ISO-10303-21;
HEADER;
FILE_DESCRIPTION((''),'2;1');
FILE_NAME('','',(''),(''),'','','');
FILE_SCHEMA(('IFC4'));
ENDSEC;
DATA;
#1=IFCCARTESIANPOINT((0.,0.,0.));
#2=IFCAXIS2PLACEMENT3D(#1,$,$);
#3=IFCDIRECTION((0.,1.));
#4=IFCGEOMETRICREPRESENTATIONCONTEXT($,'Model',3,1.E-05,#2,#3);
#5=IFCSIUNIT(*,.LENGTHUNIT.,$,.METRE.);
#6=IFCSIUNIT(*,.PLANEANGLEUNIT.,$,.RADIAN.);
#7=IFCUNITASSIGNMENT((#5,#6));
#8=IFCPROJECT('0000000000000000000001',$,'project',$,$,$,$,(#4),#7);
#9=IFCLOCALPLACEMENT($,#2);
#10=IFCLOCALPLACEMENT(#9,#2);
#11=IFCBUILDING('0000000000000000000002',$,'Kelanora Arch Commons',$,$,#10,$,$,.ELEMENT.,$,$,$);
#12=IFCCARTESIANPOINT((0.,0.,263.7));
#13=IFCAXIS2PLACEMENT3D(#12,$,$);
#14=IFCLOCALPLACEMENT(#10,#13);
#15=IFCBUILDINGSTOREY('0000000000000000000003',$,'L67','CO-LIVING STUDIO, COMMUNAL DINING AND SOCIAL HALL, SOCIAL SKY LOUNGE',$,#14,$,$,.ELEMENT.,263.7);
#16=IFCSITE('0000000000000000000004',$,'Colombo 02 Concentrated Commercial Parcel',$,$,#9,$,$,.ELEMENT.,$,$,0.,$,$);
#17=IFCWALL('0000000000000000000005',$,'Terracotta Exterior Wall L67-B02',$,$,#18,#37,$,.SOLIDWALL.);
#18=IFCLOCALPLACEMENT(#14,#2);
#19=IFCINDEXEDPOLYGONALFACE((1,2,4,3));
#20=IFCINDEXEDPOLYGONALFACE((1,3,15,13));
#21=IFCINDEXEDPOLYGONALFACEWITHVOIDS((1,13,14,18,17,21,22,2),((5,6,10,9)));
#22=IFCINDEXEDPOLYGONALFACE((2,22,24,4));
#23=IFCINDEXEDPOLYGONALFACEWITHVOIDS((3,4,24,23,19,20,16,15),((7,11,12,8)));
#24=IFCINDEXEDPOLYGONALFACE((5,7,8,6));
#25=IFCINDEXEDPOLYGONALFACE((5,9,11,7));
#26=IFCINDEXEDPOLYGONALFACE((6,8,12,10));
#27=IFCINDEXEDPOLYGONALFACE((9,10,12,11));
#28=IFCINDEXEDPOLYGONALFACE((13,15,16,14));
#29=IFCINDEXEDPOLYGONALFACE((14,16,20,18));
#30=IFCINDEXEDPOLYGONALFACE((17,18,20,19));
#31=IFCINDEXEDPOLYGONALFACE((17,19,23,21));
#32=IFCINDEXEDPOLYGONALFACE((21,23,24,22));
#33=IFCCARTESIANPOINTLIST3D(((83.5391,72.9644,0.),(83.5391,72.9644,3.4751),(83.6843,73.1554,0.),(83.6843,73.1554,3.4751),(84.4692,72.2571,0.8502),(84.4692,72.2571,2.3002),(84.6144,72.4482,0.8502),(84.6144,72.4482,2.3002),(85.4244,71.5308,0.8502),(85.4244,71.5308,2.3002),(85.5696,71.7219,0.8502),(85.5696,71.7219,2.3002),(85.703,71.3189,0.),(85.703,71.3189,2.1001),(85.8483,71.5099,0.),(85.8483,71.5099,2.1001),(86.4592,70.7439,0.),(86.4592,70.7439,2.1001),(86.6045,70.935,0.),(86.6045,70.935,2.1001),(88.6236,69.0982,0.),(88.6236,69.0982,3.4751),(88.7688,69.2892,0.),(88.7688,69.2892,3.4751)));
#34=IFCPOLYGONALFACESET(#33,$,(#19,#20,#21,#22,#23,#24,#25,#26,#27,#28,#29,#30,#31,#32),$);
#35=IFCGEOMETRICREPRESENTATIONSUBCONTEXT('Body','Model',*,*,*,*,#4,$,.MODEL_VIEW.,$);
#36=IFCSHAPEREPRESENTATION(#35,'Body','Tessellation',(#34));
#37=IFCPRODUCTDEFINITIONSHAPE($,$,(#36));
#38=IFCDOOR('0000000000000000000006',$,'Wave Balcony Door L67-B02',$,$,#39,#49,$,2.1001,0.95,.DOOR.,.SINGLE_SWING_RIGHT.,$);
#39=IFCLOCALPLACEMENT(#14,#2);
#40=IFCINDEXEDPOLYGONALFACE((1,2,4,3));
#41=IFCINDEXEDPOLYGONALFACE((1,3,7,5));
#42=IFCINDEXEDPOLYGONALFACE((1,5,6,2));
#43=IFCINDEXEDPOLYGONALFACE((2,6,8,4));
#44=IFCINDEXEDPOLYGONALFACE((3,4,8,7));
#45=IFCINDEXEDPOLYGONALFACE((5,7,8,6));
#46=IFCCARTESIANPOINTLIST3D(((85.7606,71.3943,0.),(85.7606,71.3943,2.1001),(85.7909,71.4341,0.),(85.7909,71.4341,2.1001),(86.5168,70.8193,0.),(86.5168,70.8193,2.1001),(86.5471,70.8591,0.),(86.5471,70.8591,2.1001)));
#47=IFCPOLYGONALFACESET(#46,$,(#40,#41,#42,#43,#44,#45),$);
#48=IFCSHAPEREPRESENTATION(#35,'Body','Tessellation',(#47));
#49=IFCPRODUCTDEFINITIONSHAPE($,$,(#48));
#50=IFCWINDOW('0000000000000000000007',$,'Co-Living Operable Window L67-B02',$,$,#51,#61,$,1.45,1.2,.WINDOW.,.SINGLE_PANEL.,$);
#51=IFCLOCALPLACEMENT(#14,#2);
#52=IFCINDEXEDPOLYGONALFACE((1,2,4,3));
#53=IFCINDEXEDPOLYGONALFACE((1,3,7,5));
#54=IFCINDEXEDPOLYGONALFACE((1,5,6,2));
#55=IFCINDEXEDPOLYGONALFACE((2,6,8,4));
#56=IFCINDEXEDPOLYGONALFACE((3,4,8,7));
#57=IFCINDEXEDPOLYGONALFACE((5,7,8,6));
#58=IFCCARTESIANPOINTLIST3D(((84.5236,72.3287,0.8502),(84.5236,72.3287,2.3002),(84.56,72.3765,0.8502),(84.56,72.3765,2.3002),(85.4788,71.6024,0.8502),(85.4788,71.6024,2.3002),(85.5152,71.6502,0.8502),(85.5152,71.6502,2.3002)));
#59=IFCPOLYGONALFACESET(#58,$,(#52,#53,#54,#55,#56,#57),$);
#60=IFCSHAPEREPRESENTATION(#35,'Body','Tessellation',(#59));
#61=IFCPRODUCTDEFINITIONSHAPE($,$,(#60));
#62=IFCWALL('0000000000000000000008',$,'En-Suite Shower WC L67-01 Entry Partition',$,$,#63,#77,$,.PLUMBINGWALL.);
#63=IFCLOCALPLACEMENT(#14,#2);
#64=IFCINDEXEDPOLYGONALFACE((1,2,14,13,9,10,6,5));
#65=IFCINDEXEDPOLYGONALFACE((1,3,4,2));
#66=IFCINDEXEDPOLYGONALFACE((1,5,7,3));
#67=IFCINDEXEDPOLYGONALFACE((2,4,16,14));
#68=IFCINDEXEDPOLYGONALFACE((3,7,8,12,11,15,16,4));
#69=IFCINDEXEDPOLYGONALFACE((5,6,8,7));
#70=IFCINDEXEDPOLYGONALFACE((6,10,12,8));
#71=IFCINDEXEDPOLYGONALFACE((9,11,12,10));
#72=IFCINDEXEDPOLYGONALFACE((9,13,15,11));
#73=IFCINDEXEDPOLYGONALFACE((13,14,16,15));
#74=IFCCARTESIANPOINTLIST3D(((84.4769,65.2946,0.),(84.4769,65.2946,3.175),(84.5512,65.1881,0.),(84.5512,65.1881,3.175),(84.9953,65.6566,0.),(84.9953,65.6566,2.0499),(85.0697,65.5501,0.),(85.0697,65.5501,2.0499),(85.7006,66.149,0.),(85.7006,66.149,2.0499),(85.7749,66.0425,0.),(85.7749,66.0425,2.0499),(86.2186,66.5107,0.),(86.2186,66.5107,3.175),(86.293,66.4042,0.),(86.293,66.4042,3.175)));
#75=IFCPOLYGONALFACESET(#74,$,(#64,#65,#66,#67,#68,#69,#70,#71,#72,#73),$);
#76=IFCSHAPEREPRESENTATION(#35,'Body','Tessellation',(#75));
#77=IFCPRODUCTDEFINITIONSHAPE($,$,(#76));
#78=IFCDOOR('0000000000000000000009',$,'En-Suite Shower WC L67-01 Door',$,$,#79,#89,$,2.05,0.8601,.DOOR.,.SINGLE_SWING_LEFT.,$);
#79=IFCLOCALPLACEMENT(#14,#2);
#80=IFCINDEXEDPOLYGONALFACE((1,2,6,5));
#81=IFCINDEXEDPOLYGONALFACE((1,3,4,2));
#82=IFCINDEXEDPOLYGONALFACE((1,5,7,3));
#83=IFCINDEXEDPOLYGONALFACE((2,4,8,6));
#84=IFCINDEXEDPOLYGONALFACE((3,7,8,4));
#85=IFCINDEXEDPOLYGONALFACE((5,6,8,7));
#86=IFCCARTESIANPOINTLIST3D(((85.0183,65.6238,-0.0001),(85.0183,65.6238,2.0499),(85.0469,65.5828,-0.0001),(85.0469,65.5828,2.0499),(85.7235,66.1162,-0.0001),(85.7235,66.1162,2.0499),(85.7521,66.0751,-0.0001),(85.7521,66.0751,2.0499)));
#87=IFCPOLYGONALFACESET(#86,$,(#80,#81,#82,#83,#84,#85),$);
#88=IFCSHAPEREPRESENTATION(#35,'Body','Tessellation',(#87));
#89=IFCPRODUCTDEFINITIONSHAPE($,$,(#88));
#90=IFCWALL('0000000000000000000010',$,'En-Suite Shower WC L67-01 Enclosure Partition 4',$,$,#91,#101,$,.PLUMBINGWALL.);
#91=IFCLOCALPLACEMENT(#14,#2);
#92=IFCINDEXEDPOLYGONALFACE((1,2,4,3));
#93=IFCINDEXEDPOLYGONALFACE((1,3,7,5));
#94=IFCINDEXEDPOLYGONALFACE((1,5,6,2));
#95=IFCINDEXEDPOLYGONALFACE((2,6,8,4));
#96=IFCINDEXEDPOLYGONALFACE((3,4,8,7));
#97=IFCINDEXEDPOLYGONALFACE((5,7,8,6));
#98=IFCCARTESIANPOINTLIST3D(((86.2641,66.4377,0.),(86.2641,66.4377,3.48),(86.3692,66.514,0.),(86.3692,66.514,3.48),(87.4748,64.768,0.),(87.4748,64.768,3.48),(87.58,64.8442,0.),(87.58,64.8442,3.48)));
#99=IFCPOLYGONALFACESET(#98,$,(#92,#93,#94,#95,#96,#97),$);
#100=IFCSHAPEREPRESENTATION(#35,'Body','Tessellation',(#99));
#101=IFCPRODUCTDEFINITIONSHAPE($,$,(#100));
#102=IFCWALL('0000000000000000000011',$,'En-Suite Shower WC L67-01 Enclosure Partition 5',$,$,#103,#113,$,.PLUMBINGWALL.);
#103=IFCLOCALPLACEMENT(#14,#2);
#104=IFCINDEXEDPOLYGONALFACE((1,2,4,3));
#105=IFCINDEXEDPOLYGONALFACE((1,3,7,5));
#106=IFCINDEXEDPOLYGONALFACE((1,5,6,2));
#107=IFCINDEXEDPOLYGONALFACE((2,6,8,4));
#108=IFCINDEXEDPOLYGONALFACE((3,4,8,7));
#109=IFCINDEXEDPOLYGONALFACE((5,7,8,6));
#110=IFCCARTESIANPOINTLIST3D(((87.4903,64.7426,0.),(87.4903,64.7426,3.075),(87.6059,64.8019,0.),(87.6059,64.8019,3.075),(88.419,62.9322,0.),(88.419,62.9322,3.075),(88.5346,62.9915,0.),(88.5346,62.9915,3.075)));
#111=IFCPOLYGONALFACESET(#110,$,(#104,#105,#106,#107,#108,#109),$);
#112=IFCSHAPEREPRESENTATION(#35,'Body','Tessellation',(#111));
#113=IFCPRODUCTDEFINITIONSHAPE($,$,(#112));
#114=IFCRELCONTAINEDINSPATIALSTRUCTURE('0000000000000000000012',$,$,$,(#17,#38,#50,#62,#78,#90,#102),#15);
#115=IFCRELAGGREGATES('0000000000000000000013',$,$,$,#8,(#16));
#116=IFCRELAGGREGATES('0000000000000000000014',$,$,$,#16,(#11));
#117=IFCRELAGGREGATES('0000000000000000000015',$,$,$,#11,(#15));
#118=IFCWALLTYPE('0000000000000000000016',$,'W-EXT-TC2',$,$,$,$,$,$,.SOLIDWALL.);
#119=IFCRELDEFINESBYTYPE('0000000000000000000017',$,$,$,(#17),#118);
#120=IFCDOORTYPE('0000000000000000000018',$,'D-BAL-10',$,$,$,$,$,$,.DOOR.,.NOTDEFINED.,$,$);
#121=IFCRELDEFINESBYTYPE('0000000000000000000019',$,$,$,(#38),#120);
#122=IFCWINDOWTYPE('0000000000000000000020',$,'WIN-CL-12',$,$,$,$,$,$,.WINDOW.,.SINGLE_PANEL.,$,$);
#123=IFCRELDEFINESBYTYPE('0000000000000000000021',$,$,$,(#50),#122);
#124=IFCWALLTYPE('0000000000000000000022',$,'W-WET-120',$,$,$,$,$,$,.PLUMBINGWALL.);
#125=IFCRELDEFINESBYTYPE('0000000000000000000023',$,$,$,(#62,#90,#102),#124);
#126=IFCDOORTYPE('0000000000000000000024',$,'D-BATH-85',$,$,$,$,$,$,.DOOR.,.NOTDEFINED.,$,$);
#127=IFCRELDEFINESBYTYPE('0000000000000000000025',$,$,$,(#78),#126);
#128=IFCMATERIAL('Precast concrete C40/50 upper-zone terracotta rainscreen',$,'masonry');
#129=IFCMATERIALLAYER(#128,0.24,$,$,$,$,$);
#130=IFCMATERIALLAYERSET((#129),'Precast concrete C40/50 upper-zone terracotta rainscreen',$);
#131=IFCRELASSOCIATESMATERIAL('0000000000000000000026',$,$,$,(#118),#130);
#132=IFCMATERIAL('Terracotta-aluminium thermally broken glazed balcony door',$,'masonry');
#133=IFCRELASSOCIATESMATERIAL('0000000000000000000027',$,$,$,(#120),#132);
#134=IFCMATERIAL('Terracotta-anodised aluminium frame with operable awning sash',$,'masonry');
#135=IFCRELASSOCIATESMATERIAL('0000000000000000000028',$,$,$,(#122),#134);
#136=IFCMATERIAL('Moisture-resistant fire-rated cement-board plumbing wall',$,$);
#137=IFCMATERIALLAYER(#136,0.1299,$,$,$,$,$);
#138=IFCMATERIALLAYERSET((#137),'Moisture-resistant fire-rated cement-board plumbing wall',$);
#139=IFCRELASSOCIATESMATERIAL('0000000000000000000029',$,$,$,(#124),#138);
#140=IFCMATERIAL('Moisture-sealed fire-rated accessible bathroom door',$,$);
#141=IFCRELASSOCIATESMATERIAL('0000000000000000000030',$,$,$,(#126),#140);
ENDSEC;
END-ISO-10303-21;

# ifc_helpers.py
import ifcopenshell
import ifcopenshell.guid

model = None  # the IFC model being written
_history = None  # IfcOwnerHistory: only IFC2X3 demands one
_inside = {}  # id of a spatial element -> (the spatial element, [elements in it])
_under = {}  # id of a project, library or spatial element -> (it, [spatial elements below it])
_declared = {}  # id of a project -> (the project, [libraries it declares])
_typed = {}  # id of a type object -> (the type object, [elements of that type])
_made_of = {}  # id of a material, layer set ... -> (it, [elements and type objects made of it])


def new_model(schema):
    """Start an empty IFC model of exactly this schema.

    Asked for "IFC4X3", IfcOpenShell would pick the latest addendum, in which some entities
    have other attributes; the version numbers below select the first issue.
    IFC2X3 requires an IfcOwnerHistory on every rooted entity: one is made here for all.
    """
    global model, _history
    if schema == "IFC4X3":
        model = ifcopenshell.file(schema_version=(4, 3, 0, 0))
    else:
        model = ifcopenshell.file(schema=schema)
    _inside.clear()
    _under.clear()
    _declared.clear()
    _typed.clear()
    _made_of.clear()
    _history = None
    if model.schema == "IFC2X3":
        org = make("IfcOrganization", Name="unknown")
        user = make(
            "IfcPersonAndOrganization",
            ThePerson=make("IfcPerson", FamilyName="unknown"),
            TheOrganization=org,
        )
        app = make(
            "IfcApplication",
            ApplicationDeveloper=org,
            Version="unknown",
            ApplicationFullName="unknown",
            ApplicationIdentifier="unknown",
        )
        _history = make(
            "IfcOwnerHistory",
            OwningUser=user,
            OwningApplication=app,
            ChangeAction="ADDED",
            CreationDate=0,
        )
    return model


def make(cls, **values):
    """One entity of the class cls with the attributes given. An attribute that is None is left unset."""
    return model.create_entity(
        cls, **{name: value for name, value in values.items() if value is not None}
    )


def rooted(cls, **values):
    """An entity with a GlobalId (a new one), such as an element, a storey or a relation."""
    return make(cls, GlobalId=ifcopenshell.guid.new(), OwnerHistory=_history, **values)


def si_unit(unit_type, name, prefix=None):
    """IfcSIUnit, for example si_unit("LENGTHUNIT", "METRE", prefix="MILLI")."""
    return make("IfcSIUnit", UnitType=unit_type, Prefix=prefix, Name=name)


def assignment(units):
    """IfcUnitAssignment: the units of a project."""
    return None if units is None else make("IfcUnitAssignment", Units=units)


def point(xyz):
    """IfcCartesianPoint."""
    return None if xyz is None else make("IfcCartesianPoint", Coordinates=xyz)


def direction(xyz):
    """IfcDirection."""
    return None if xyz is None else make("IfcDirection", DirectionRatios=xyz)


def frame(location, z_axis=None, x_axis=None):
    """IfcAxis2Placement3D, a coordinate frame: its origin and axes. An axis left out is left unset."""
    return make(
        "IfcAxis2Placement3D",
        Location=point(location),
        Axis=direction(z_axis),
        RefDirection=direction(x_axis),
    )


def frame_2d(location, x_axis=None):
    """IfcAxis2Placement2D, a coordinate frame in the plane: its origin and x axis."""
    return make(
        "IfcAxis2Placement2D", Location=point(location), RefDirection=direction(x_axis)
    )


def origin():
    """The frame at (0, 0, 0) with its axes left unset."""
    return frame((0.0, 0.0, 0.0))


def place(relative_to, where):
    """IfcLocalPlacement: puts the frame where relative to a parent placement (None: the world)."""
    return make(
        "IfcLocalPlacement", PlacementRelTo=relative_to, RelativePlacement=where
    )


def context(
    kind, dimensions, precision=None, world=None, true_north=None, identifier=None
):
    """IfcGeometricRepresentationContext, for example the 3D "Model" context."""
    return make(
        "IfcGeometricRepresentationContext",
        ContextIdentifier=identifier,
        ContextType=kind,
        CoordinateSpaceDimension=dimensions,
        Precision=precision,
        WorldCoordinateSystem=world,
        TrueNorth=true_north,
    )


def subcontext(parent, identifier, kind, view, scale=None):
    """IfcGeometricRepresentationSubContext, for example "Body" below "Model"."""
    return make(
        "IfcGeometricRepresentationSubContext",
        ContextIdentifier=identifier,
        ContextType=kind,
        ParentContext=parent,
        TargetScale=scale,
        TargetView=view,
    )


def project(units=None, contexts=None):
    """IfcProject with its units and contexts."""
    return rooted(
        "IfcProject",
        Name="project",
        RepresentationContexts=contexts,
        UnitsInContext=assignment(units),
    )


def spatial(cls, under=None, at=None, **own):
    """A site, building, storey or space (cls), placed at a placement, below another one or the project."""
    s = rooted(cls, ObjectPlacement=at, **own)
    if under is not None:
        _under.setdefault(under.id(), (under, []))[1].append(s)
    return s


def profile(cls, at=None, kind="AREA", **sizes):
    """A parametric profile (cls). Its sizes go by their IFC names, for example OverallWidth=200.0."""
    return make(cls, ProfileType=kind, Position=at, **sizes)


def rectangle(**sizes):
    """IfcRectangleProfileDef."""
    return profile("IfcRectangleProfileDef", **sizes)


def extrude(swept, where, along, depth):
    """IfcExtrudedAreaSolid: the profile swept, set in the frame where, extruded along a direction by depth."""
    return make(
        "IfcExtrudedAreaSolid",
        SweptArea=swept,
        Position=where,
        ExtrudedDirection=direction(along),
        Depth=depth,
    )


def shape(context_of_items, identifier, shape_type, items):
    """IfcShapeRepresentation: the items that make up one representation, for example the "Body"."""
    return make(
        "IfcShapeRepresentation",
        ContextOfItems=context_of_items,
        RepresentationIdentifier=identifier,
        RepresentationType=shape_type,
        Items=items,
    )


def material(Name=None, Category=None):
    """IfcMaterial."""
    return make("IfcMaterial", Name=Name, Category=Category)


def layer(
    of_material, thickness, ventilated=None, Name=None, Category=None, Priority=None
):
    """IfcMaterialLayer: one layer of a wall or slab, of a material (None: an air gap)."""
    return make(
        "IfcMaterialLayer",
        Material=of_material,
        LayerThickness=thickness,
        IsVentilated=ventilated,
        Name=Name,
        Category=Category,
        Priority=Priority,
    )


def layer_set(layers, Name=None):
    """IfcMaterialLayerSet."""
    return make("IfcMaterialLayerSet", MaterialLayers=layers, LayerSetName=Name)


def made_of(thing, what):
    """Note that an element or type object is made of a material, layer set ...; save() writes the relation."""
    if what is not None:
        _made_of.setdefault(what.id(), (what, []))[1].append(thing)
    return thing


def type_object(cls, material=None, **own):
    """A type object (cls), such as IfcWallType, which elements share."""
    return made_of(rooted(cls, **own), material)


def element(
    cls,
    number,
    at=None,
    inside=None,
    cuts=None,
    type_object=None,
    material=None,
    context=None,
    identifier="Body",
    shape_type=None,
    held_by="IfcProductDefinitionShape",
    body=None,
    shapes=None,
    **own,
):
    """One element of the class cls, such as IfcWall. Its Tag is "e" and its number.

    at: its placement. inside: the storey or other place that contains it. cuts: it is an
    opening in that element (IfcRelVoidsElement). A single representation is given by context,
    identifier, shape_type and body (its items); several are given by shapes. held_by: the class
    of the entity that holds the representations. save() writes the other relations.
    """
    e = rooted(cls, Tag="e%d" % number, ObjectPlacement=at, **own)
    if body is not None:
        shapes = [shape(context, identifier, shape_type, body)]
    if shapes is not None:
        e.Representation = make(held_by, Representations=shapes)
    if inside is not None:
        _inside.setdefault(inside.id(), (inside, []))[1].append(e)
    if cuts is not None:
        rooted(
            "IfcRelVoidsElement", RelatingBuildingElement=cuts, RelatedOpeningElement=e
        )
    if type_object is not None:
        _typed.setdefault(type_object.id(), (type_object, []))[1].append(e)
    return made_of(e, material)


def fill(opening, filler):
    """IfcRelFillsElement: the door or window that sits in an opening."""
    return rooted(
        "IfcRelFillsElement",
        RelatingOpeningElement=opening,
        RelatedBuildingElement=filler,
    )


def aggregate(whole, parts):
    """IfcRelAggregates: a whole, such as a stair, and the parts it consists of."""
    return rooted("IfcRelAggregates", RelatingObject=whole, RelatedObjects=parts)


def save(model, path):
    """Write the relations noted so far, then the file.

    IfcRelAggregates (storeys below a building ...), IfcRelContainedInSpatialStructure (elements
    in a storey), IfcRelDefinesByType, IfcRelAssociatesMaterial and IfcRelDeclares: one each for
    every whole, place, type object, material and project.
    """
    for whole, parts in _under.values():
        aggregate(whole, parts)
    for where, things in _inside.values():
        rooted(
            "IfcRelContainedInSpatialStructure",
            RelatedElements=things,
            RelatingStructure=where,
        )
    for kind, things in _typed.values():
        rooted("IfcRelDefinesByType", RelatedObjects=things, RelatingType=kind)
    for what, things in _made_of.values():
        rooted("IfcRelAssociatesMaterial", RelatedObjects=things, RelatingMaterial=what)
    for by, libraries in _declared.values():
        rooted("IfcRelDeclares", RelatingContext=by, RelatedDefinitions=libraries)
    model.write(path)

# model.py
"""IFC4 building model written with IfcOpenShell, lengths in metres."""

from ifc_helpers import new_model, si_unit, direction, frame, frame_2d, origin, place, context, subcontext, project, spatial, rectangle, extrude, material, layer, layer_set, type_object, element, fill, save


model = new_model("IFC4")

# Units and contexts
model_context = context("Model", 3, precision=1e-05, world=origin(), true_north=direction((0.0, 1.0)))
body_context = subcontext(model_context, "Body", "Model", "MODEL_VIEW")
ifc_project = project(units=[si_unit("LENGTHUNIT", "METRE"), si_unit("PLANEANGLEUNIT", "RADIAN")], contexts=[model_context])

# Site, building, storey
site_placement = place(None, origin())
site = spatial("IfcSite", under=ifc_project, at=site_placement, Name="Colombo 02 Concentrated Commercial Parcel", CompositionType="ELEMENT", RefElevation=0.0)
building_placement = place(site_placement, origin())
building = spatial("IfcBuilding", under=site, at=building_placement, Name="Kelanora Arch Commons", CompositionType="ELEMENT")
storey_placement = place(building_placement, frame((0.0, 0.0, 263.7)))
storey = spatial("IfcBuildingStorey", under=building, at=storey_placement, Name="L67", Description="CO-LIVING STUDIO, COMMUNAL DINING AND SOCIAL HALL, SOCIAL SKY LOUNGE", CompositionType="ELEMENT", Elevation=263.7)

# Wall, openings, door, window
ifc_material_1 = material(Name="Precast concrete C40/50 upper-zone terracotta rainscreen", Category="masonry")
ifc_layer_1 = layer(ifc_material_1, 0.24)
ifc_layer_set_1 = layer_set([ifc_layer_1], Name="Precast concrete C40/50 upper-zone terracotta rainscreen")
wall_type_1 = type_object("IfcWallType", Name="W-EXT-TC2", PredefinedType="SOLIDWALL", material=ifc_layer_set_1)
ifc_material_2 = material(Name="Terracotta-aluminium thermally broken glazed balcony door", Category="masonry")
door_type_1 = type_object("IfcDoorType", Name="D-BAL-10", OperationType="NOTDEFINED", PredefinedType="DOOR", material=ifc_material_2)
ifc_material_3 = material(Name="Terracotta-anodised aluminium frame with operable awning sash", Category="masonry")
window_type = type_object("IfcWindowType", Name="WIN-CL-12", PartitioningType="SINGLE_PANEL", PredefinedType="WINDOW", material=ifc_material_3)
wall_1_placement = place(storey_placement, frame((88.6963, 69.1936, 0.0), z_axis=(0.0, 0.0, 1.0), x_axis=(-0.79601, 0.605283, 0.0)))
wall_1 = element("IfcWall", 1, at=wall_1_placement, inside=storey, type_object=wall_type_1, Name="Terracotta Exterior Wall L67-B02", PredefinedType="SOLIDWALL", context=body_context, shape_type="SweptSolid", body=[
    extrude(rectangle(XDim=6.3875, YDim=0.24, at=frame_2d((3.1938, 0.0))), origin(), (0.0, 0.0, 1.0), 3.4751),
])
opening_1_placement = place(wall_1_placement, frame((2.719, 0.0, 0.0)))
opening_1 = element("IfcOpeningElement", 2, at=opening_1_placement, cuts=wall_1, PredefinedType="OPENING", context=body_context, shape_type="SweptSolid", body=[
    extrude(rectangle(XDim=0.95, YDim=2.1001, at=frame_2d((0.4751, 1.05))), frame((0.0, 0.1299, 0.0), z_axis=(0.0, -1.0, 0.0), x_axis=(1.0, 0.0, 0.0)), (0.0, 0.0, 1.0), 0.26),
])
opening_2_placement = place(wall_1_placement, frame((4.019, 0.0, 0.8501)))
opening_2 = element("IfcOpeningElement", 3, at=opening_2_placement, cuts=wall_1, PredefinedType="OPENING", context=body_context, shape_type="SweptSolid", body=[
    extrude(rectangle(XDim=1.2, YDim=1.45, at=frame_2d((0.6001, 0.7251))), frame((0.0, 0.1299, 0.0), z_axis=(0.0, -1.0, 0.0), x_axis=(1.0, 0.0, 0.0)), (0.0, 0.0, 1.0), 0.26),
])
door_1_placement = place(opening_1_placement, frame((0.95, 0.0, 0.0), z_axis=(0.0, 0.0, 1.0), x_axis=(-1.0, 0.0, 0.0)))
door_1 = element("IfcDoor", 4, at=door_1_placement, inside=storey, type_object=door_type_1, Name="Wave Balcony Door L67-B02", OperationType="SINGLE_SWING_RIGHT", OverallHeight=2.1001, OverallWidth=0.95, PredefinedType="DOOR", context=body_context, shape_type="SweptSolid", body=[
    extrude(rectangle(XDim=0.95, YDim=2.1001, at=frame_2d((0.4751, 1.05))), frame((0.0, 0.0249, 0.0), z_axis=(0.0, -1.0, 0.0), x_axis=(1.0, 0.0, 0.0)), (0.0, 0.0, 1.0), 0.05),
])
fill(opening_1, door_1)
window_1_placement = place(opening_2_placement, origin())
window_1 = element("IfcWindow", 5, at=window_1_placement, inside=storey, type_object=window_type, Name="Co-Living Operable Window L67-B02", OverallHeight=1.45, OverallWidth=1.2, PartitioningType="SINGLE_PANEL", PredefinedType="WINDOW", context=body_context, shape_type="SweptSolid", body=[
    extrude(rectangle(XDim=1.2, YDim=1.45, at=frame_2d((0.6001, 0.7251))), frame((0.0, 0.03, 0.0), z_axis=(0.0, -1.0, 0.0), x_axis=(1.0, 0.0, 0.0)), (0.0, 0.0, 1.0), 0.0601),
])
fill(opening_2, window_1)

# Wall, opening, door
ifc_material_4 = material(Name="Moisture-resistant fire-rated cement-board plumbing wall")
ifc_layer_2 = layer(ifc_material_4, 0.1299)
ifc_layer_set_2 = layer_set([ifc_layer_2], Name="Moisture-resistant fire-rated cement-board plumbing wall")
wall_type_2 = type_object("IfcWallType", Name="W-WET-120", PredefinedType="PLUMBINGWALL", material=ifc_layer_set_2)
wall_2_placement = place(storey_placement, frame((84.5142, 65.2415, 0.0), z_axis=(0.0, 0.0, 1.0), x_axis=(0.819922, 0.572475, 0.0)))
wall_2 = element("IfcWall", 6, at=wall_2_placement, inside=storey, type_object=wall_type_2, Name="En-Suite Shower WC L67-01 Entry Partition", PredefinedType="PLUMBINGWALL", context=body_context, shape_type="SweptSolid", body=[
    extrude(rectangle(XDim=2.1243, YDim=0.1299, at=frame_2d((1.062, 0.0))), origin(), (0.0, 0.0, 1.0), 3.175),
])
opening_3_placement = place(wall_2_placement, frame((0.6321, 0.0, 0.0)))
opening_3 = element("IfcOpeningElement", 7, at=opening_3_placement, cuts=wall_2, PredefinedType="OPENING", context=body_context, shape_type="SweptSolid", body=[
    extrude(rectangle(XDim=0.8601, YDim=2.05, at=frame_2d((0.4302, 1.0249))), frame((0.0, 0.075, 0.0), z_axis=(0.0, -1.0, 0.0), x_axis=(1.0, 0.0, 0.0)), (0.0, 0.0, 1.0), 0.1499),
])
ifc_material_5 = material(Name="Moisture-sealed fire-rated accessible bathroom door")
door_type_2 = type_object("IfcDoorType", Name="D-BATH-85", OperationType="NOTDEFINED", PredefinedType="DOOR", material=ifc_material_5)
door_2_placement = place(opening_3_placement, origin())
door_2 = element("IfcDoor", 8, at=door_2_placement, inside=storey, type_object=door_type_2, Name="En-Suite Shower WC L67-01 Door", OperationType="SINGLE_SWING_LEFT", OverallHeight=2.05, OverallWidth=0.8601, PredefinedType="DOOR", context=body_context, shape_type="SweptSolid", body=[
    extrude(rectangle(XDim=0.8601, YDim=2.05, at=frame_2d((0.4302, 1.0249))), frame((0.0, 0.0249, 0.0), z_axis=(0.0, -1.0, 0.0), x_axis=(1.0, 0.0, 0.0)), (0.0, 0.0, 1.0), 0.05),
])
fill(opening_3, door_2)

# Walls
wall_3_placement = place(storey_placement, frame((86.3167, 66.4758, 0.0), z_axis=(0.0, 0.0, 1.0), x_axis=(0.587024, -0.80957, 0.0)))
element("IfcWall", 9, at=wall_3_placement, inside=storey, type_object=wall_type_2, Name="En-Suite Shower WC L67-01 Enclosure Partition 4", PredefinedType="PLUMBINGWALL", context=body_context, shape_type="SweptSolid", body=[
    extrude(rectangle(XDim=2.0625, YDim=0.1299, at=frame_2d((1.0312, 0.0))), origin(), (0.0, 0.0, 1.0), 3.48),
])
wall_4_placement = place(storey_placement, frame((87.5481, 64.7722, 0.0), z_axis=(0.0, 0.0, 1.0), x_axis=(0.456453, -0.889747, 0.0)))
element("IfcWall", 10, at=wall_4_placement, inside=storey, type_object=wall_type_2, Name="En-Suite Shower WC L67-01 Enclosure Partition 5", PredefinedType="PLUMBINGWALL", context=body_context, shape_type="SweptSolid", body=[
    extrude(rectangle(XDim=2.0347, YDim=0.1299, at=frame_2d((1.0173, 0.0))), origin(), (0.0, 0.0, 1.0), 3.075),
])

save(model, "model.ifc")
